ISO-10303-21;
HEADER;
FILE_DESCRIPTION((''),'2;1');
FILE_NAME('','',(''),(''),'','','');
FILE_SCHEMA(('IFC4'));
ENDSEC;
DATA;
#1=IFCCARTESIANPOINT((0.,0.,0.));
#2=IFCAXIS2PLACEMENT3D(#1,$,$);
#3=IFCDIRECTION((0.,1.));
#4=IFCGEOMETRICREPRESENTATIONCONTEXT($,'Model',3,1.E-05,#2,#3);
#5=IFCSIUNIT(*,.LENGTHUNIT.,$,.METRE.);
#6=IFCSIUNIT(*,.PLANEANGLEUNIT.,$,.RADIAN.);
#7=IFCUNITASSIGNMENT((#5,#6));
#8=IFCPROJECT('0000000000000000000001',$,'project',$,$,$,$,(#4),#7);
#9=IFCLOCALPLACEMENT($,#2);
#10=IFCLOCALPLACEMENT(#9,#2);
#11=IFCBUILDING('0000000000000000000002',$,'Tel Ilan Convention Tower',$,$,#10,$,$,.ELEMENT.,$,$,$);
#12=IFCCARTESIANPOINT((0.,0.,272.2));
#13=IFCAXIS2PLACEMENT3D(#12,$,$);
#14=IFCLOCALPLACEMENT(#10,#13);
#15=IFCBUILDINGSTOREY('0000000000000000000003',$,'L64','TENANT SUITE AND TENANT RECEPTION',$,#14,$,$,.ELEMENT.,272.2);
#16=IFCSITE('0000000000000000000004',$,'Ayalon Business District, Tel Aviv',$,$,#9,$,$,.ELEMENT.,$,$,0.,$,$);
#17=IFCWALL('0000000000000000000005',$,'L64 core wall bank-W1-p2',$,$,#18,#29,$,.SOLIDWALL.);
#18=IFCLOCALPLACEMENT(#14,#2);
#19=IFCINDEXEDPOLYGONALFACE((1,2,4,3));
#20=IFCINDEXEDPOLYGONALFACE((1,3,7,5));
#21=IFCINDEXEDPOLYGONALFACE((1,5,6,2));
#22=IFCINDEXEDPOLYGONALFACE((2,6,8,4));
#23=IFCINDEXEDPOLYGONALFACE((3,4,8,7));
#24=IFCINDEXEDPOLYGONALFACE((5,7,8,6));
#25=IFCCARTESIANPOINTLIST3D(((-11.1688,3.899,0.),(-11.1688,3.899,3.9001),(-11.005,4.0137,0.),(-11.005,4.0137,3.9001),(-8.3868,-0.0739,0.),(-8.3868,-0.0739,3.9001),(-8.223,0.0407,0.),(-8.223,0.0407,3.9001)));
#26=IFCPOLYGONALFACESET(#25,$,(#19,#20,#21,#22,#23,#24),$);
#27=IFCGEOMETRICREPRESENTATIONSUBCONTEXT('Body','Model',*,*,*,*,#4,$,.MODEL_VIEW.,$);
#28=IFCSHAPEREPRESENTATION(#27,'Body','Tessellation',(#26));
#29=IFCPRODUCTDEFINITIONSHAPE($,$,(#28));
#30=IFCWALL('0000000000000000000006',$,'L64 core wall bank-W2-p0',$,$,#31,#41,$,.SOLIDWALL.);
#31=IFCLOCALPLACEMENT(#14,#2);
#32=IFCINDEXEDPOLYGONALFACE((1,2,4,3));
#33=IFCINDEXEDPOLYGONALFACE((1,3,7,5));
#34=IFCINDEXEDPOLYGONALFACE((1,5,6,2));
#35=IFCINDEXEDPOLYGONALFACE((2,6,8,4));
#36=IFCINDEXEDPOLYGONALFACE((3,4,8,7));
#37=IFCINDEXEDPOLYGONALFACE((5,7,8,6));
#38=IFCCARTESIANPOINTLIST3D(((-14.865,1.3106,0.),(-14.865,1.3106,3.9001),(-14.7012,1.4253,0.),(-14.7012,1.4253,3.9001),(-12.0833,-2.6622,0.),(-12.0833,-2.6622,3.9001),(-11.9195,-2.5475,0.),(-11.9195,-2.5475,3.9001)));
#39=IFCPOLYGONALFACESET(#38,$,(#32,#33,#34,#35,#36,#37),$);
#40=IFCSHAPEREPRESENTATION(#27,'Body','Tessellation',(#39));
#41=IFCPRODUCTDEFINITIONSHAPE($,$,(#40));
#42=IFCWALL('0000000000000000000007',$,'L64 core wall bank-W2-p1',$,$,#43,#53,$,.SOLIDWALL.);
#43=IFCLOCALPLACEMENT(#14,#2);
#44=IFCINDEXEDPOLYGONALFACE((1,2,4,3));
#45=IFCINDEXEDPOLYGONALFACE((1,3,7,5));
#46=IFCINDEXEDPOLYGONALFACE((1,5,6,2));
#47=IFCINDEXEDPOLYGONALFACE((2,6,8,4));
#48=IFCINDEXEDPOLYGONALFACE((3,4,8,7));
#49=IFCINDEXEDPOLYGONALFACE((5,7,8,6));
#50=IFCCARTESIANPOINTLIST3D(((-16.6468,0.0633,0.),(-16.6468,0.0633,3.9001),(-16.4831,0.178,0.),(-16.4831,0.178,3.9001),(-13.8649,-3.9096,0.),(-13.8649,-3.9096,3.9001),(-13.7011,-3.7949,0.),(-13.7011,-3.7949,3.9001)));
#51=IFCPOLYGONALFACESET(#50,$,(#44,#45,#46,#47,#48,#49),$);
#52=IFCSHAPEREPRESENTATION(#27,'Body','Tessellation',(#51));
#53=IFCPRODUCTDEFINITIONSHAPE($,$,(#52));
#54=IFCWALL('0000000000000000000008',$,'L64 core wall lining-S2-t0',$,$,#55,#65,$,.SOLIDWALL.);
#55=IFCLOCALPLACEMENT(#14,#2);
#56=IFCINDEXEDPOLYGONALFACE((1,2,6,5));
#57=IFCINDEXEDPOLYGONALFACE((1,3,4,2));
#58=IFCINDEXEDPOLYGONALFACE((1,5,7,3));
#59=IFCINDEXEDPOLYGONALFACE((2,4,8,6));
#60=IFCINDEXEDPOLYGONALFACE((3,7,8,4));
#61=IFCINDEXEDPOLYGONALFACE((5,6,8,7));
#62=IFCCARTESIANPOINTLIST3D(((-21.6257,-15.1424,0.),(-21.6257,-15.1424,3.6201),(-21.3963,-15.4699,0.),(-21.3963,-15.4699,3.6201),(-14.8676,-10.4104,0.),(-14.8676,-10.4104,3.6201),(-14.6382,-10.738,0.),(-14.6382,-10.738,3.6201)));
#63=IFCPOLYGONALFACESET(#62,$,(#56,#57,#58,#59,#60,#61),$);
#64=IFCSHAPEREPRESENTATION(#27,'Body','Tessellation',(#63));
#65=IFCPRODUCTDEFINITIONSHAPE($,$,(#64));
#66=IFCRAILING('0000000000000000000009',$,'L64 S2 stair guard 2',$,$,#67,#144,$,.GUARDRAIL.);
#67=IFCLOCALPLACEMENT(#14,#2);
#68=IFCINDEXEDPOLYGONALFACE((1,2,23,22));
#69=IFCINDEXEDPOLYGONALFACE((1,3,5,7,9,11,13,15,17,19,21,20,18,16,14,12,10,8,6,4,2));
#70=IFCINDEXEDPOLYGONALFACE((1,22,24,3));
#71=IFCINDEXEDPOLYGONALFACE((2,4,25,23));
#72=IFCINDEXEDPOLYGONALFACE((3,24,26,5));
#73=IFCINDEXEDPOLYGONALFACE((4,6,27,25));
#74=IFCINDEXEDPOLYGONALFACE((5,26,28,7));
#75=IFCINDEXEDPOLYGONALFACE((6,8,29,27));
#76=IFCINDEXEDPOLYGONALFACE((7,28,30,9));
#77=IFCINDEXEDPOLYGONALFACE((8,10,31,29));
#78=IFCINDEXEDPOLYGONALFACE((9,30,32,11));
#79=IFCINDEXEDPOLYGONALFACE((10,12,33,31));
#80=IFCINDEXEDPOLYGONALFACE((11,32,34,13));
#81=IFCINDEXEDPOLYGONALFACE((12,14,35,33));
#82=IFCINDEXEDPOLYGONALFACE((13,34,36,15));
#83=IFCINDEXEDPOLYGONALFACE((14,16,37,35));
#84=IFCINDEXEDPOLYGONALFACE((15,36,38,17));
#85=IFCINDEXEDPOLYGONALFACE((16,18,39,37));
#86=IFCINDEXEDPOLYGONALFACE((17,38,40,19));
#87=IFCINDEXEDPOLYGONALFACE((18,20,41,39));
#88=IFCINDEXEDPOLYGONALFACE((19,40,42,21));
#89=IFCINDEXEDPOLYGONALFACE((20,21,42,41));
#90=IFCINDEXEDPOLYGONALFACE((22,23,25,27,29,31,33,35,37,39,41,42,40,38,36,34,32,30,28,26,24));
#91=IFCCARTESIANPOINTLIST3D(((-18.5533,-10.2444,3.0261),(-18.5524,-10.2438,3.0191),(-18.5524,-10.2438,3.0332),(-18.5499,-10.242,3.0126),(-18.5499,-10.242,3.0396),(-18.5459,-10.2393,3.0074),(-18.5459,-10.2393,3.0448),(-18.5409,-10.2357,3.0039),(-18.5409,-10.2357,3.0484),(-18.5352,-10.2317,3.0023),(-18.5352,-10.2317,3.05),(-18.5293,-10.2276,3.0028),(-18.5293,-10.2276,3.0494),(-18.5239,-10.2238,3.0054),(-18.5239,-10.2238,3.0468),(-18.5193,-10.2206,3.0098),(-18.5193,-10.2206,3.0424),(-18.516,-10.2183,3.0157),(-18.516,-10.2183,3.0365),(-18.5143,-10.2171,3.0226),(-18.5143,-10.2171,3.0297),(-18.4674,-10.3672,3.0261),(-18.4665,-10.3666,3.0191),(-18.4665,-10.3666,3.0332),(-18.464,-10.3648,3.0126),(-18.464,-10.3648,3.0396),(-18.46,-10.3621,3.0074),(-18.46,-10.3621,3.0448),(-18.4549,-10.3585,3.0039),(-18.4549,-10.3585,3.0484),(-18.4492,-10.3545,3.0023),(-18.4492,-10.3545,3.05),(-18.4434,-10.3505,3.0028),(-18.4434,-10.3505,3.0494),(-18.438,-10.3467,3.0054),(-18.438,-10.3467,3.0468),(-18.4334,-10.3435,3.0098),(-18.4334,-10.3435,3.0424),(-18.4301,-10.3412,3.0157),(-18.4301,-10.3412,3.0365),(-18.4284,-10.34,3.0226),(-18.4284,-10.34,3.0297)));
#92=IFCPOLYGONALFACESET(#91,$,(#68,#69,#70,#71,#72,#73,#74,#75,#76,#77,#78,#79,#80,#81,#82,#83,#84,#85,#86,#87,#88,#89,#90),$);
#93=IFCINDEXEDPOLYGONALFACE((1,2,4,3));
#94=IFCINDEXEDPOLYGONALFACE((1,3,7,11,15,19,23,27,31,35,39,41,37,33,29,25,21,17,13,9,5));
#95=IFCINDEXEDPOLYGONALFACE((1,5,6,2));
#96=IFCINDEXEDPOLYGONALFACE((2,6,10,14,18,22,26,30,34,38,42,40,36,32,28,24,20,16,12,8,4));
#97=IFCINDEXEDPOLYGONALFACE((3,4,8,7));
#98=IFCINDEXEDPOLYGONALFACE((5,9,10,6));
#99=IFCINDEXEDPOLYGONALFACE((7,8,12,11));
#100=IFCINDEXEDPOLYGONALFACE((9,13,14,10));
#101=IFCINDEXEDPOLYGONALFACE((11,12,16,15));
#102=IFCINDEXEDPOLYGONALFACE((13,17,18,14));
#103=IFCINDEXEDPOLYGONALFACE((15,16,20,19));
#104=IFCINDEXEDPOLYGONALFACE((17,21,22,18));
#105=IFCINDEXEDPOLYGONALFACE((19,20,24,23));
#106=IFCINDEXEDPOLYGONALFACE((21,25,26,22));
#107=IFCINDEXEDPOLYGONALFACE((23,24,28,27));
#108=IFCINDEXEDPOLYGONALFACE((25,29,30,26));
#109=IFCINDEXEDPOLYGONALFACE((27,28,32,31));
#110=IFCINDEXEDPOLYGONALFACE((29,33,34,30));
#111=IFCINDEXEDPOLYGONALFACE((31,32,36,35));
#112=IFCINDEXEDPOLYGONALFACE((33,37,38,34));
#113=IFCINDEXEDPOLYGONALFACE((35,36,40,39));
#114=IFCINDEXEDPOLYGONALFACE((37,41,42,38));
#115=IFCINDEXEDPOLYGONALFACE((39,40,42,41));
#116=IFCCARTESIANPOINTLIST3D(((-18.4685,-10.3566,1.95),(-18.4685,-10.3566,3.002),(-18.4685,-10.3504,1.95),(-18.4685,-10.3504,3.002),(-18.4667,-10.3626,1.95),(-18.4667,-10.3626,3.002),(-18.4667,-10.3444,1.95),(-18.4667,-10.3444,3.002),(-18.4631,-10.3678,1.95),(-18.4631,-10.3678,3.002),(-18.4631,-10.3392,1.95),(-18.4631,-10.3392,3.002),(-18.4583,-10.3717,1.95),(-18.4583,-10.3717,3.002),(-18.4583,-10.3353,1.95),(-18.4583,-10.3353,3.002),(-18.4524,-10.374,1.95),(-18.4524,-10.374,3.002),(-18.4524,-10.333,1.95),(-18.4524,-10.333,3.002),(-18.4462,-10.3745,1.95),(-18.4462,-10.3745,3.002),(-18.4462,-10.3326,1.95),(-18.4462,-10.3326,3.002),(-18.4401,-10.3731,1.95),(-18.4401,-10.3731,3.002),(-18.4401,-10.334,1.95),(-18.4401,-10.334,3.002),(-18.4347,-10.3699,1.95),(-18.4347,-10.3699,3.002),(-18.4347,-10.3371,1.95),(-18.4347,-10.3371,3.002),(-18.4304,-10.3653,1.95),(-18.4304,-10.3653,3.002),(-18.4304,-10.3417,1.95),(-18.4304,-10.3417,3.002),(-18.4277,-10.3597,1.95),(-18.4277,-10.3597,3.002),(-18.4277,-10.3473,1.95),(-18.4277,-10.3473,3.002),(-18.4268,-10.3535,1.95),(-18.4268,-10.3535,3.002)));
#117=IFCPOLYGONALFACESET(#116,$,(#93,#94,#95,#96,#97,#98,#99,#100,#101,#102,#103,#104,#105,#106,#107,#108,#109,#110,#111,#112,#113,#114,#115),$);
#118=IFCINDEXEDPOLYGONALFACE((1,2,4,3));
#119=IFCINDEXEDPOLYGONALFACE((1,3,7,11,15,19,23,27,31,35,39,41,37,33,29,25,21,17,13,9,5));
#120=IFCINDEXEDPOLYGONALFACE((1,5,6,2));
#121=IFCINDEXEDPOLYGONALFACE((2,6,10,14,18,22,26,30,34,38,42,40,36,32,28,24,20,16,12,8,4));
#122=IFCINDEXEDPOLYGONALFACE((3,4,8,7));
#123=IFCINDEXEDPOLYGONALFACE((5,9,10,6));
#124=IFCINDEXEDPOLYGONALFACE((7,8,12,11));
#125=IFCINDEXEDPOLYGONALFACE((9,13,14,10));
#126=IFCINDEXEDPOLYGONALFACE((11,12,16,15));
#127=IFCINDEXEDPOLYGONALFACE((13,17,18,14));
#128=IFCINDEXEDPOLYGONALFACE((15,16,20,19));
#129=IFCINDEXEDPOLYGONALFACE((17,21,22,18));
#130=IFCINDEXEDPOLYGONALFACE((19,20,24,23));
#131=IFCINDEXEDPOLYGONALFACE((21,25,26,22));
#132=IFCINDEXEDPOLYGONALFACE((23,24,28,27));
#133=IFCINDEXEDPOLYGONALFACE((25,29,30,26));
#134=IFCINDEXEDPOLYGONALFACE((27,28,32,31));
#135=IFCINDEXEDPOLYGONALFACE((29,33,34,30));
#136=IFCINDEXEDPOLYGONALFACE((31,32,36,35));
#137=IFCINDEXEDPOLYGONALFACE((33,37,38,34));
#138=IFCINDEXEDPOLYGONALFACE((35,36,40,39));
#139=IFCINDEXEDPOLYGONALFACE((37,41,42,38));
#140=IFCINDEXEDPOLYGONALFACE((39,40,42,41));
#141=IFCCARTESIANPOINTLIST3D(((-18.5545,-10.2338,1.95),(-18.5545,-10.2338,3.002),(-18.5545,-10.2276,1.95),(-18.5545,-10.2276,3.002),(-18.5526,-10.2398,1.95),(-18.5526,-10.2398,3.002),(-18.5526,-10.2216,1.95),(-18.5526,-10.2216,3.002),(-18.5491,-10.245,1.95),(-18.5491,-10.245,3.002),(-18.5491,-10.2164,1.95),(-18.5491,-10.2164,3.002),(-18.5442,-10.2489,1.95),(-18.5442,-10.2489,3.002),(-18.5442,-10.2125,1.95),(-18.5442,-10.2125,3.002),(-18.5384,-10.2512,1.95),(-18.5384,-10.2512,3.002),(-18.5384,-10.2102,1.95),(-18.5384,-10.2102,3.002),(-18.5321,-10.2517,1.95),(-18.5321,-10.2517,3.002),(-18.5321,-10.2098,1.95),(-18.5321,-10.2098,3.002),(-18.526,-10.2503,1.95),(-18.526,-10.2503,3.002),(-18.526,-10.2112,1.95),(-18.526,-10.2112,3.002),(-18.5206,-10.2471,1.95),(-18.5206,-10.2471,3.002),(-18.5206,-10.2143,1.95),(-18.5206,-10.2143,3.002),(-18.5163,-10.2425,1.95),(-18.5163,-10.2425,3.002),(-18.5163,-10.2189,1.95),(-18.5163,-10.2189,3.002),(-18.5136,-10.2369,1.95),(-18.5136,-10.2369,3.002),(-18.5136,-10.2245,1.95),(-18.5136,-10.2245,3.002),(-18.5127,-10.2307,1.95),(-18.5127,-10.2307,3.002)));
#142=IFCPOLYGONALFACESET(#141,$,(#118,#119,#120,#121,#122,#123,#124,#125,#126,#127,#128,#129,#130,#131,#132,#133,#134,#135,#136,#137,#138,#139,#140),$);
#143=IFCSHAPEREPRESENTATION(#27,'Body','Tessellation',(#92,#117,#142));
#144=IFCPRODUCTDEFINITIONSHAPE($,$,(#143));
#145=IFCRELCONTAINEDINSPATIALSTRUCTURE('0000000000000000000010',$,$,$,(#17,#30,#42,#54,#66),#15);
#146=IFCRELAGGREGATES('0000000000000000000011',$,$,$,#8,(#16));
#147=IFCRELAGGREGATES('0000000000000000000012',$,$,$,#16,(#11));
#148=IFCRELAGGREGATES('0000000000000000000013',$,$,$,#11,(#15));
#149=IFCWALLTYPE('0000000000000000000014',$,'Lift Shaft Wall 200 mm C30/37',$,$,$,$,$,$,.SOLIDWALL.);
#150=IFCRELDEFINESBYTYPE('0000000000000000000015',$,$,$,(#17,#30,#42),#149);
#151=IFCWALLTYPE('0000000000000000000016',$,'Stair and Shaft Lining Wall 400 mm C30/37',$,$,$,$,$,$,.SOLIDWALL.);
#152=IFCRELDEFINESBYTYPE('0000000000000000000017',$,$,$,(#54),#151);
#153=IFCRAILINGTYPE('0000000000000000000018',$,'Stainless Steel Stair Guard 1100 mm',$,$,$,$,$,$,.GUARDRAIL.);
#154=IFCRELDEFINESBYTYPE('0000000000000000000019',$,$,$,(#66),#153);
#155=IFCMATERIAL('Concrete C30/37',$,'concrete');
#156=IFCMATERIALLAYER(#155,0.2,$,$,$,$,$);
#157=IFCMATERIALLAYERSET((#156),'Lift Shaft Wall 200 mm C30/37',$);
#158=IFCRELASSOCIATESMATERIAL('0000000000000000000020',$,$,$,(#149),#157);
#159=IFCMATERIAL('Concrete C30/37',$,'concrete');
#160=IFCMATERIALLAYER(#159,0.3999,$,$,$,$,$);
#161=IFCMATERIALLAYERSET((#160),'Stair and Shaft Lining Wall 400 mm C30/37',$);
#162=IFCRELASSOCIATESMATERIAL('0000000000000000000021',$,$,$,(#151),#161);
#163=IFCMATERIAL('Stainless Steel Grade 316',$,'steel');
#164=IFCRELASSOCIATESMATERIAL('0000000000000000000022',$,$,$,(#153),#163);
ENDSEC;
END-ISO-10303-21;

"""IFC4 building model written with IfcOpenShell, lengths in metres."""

from ifc_helpers import new_model, si_unit, direction, frame, frame_2d, origin, origin_2d, place, context, subcontext, project, spatial, rectangle, circle, extrude, material, layer, layer_set, type_object, element, save


model = new_model("IFC4")

# Units and contexts
model_context = context("Model", 3, precision=1e-05, world=origin(), true_north=direction((0.0, 1.0)))
body_context = subcontext(model_context, "Body", "Model", "MODEL_VIEW")
ifc_project = project(units=[si_unit("LENGTHUNIT", "METRE"), si_unit("PLANEANGLEUNIT", "RADIAN")], contexts=[model_context])

# Site, building, storey
site_placement = place(None, origin())
site = spatial("IfcSite", under=ifc_project, at=site_placement, Name="Ayalon Business District, Tel Aviv", CompositionType="ELEMENT", RefElevation=0.0)
building_placement = place(site_placement, origin())
building = spatial("IfcBuilding", under=site, at=building_placement, Name="Tel Ilan Convention Tower", CompositionType="ELEMENT")
storey_placement = place(building_placement, frame((0.0, 0.0, 272.2)))
storey = spatial("IfcBuildingStorey", under=building, at=storey_placement, Name="L64", Description="TENANT SUITE AND TENANT RECEPTION", CompositionType="ELEMENT", Elevation=272.2)

# Walls
ifc_material_1 = material(Name="Concrete C30/37", Category="concrete")
ifc_layer_1 = layer(ifc_material_1, 0.2)
ifc_layer_set_1 = layer_set([ifc_layer_1], Name="Lift Shaft Wall 200 mm C30/37")
wall_type_1 = type_object("IfcWallType", Name="Lift Shaft Wall 200 mm C30/37", PredefinedType="SOLIDWALL", material=ifc_layer_set_1)
wall_1_placement = place(storey_placement, frame((-8.3049, -0.0166, 0.0), z_axis=(0.0, 0.0, 1.0), x_axis=(-0.573594, 0.81914, 0.0)))
element("IfcWall", 1, at=wall_1_placement, inside=storey, type_object=wall_type_1, Name="L64 core wall bank-W1-p2", PredefinedType="SOLIDWALL", context=body_context, shape_type="SweptSolid", body=[
    extrude(rectangle(XDim=4.8501, YDim=0.2, at=frame_2d((2.425, 0.0))), origin(), (0.0, 0.0, 1.0), 3.9001),
])
wall_2_placement = place(storey_placement, frame((-12.0015, -2.6047, 0.0), z_axis=(0.0, 0.0, 1.0), x_axis=(-0.57356, 0.819163, 0.0)))
element("IfcWall", 2, at=wall_2_placement, inside=storey, type_object=wall_type_1, Name="L64 core wall bank-W2-p0", PredefinedType="SOLIDWALL", context=body_context, shape_type="SweptSolid", body=[
    extrude(rectangle(XDim=4.8499, YDim=0.2, at=frame_2d((2.4248, 0.0))), origin(), (0.0, 0.0, 1.0), 3.9001),
])
wall_3_placement = place(storey_placement, frame((-13.783, -3.8523, 0.0), z_axis=(0.0, 0.0, 1.0), x_axis=(-0.573594, 0.81914, 0.0)))
element("IfcWall", 3, at=wall_3_placement, inside=storey, type_object=wall_type_1, Name="L64 core wall bank-W2-p1", PredefinedType="SOLIDWALL", context=body_context, shape_type="SweptSolid", body=[
    extrude(rectangle(XDim=4.8501, YDim=0.2, at=frame_2d((2.425, 0.0))), origin(), (0.0, 0.0, 1.0), 3.9001),
])
ifc_material_2 = material(Name="Concrete C30/37", Category="concrete")
ifc_layer_2 = layer(ifc_material_2, 0.3999)
ifc_layer_set_2 = layer_set([ifc_layer_2], Name="Stair and Shaft Lining Wall 400 mm C30/37")
wall_type_2 = type_object("IfcWallType", Name="Stair and Shaft Lining Wall 400 mm C30/37", PredefinedType="SOLIDWALL", material=ifc_layer_set_2)
wall_4_placement = place(storey_placement, frame((-14.7529, -10.5742, 0.0), z_axis=(0.0, 0.0, 1.0), x_axis=(-0.819158, -0.573568, 0.0)))
element("IfcWall", 4, at=wall_4_placement, inside=storey, type_object=wall_type_2, Name="L64 core wall lining-S2-t0", PredefinedType="SOLIDWALL", context=body_context, shape_type="SweptSolid", body=[
    extrude(rectangle(XDim=8.25, YDim=0.3999, at=frame_2d((4.125, 0.0))), origin(), (0.0, 0.0, 1.0), 3.6201),
])

# Railing
ifc_material_3 = material(Name="Stainless Steel Grade 316", Category="steel")
railing_type = type_object("IfcRailingType", Name="Stainless Steel Stair Guard 1100 mm", PredefinedType="GUARDRAIL", material=ifc_material_3)
railing_placement = place(storey_placement, frame((-18.4478, -10.3535, 1.95)))
element("IfcRailing", 5, at=railing_placement, inside=storey, type_object=railing_type, Name="L64 S2 stair guard 2", PredefinedType="GUARDRAIL", context=body_context, shape_type="SweptSolid", body=[
    extrude(circle(Radius=0.0239, at=origin_2d()), frame((0.0, 0.0, 1.0762), z_axis=(-0.573353, 0.819308, 0.0), x_axis=(-0.819308, -0.573353, 0.0)), (0.0, 0.0, 1.0), 0.1499),
    extrude(circle(Radius=0.021, at=origin_2d()), origin(), (0.0, 0.0, 1.0), 1.052),
    extrude(circle(Radius=0.021, at=origin_2d()), frame((-0.0859, 0.1228, 0.0)), (0.0, 0.0, 1.0), 1.052),
])

save(model, "model.ifc")
